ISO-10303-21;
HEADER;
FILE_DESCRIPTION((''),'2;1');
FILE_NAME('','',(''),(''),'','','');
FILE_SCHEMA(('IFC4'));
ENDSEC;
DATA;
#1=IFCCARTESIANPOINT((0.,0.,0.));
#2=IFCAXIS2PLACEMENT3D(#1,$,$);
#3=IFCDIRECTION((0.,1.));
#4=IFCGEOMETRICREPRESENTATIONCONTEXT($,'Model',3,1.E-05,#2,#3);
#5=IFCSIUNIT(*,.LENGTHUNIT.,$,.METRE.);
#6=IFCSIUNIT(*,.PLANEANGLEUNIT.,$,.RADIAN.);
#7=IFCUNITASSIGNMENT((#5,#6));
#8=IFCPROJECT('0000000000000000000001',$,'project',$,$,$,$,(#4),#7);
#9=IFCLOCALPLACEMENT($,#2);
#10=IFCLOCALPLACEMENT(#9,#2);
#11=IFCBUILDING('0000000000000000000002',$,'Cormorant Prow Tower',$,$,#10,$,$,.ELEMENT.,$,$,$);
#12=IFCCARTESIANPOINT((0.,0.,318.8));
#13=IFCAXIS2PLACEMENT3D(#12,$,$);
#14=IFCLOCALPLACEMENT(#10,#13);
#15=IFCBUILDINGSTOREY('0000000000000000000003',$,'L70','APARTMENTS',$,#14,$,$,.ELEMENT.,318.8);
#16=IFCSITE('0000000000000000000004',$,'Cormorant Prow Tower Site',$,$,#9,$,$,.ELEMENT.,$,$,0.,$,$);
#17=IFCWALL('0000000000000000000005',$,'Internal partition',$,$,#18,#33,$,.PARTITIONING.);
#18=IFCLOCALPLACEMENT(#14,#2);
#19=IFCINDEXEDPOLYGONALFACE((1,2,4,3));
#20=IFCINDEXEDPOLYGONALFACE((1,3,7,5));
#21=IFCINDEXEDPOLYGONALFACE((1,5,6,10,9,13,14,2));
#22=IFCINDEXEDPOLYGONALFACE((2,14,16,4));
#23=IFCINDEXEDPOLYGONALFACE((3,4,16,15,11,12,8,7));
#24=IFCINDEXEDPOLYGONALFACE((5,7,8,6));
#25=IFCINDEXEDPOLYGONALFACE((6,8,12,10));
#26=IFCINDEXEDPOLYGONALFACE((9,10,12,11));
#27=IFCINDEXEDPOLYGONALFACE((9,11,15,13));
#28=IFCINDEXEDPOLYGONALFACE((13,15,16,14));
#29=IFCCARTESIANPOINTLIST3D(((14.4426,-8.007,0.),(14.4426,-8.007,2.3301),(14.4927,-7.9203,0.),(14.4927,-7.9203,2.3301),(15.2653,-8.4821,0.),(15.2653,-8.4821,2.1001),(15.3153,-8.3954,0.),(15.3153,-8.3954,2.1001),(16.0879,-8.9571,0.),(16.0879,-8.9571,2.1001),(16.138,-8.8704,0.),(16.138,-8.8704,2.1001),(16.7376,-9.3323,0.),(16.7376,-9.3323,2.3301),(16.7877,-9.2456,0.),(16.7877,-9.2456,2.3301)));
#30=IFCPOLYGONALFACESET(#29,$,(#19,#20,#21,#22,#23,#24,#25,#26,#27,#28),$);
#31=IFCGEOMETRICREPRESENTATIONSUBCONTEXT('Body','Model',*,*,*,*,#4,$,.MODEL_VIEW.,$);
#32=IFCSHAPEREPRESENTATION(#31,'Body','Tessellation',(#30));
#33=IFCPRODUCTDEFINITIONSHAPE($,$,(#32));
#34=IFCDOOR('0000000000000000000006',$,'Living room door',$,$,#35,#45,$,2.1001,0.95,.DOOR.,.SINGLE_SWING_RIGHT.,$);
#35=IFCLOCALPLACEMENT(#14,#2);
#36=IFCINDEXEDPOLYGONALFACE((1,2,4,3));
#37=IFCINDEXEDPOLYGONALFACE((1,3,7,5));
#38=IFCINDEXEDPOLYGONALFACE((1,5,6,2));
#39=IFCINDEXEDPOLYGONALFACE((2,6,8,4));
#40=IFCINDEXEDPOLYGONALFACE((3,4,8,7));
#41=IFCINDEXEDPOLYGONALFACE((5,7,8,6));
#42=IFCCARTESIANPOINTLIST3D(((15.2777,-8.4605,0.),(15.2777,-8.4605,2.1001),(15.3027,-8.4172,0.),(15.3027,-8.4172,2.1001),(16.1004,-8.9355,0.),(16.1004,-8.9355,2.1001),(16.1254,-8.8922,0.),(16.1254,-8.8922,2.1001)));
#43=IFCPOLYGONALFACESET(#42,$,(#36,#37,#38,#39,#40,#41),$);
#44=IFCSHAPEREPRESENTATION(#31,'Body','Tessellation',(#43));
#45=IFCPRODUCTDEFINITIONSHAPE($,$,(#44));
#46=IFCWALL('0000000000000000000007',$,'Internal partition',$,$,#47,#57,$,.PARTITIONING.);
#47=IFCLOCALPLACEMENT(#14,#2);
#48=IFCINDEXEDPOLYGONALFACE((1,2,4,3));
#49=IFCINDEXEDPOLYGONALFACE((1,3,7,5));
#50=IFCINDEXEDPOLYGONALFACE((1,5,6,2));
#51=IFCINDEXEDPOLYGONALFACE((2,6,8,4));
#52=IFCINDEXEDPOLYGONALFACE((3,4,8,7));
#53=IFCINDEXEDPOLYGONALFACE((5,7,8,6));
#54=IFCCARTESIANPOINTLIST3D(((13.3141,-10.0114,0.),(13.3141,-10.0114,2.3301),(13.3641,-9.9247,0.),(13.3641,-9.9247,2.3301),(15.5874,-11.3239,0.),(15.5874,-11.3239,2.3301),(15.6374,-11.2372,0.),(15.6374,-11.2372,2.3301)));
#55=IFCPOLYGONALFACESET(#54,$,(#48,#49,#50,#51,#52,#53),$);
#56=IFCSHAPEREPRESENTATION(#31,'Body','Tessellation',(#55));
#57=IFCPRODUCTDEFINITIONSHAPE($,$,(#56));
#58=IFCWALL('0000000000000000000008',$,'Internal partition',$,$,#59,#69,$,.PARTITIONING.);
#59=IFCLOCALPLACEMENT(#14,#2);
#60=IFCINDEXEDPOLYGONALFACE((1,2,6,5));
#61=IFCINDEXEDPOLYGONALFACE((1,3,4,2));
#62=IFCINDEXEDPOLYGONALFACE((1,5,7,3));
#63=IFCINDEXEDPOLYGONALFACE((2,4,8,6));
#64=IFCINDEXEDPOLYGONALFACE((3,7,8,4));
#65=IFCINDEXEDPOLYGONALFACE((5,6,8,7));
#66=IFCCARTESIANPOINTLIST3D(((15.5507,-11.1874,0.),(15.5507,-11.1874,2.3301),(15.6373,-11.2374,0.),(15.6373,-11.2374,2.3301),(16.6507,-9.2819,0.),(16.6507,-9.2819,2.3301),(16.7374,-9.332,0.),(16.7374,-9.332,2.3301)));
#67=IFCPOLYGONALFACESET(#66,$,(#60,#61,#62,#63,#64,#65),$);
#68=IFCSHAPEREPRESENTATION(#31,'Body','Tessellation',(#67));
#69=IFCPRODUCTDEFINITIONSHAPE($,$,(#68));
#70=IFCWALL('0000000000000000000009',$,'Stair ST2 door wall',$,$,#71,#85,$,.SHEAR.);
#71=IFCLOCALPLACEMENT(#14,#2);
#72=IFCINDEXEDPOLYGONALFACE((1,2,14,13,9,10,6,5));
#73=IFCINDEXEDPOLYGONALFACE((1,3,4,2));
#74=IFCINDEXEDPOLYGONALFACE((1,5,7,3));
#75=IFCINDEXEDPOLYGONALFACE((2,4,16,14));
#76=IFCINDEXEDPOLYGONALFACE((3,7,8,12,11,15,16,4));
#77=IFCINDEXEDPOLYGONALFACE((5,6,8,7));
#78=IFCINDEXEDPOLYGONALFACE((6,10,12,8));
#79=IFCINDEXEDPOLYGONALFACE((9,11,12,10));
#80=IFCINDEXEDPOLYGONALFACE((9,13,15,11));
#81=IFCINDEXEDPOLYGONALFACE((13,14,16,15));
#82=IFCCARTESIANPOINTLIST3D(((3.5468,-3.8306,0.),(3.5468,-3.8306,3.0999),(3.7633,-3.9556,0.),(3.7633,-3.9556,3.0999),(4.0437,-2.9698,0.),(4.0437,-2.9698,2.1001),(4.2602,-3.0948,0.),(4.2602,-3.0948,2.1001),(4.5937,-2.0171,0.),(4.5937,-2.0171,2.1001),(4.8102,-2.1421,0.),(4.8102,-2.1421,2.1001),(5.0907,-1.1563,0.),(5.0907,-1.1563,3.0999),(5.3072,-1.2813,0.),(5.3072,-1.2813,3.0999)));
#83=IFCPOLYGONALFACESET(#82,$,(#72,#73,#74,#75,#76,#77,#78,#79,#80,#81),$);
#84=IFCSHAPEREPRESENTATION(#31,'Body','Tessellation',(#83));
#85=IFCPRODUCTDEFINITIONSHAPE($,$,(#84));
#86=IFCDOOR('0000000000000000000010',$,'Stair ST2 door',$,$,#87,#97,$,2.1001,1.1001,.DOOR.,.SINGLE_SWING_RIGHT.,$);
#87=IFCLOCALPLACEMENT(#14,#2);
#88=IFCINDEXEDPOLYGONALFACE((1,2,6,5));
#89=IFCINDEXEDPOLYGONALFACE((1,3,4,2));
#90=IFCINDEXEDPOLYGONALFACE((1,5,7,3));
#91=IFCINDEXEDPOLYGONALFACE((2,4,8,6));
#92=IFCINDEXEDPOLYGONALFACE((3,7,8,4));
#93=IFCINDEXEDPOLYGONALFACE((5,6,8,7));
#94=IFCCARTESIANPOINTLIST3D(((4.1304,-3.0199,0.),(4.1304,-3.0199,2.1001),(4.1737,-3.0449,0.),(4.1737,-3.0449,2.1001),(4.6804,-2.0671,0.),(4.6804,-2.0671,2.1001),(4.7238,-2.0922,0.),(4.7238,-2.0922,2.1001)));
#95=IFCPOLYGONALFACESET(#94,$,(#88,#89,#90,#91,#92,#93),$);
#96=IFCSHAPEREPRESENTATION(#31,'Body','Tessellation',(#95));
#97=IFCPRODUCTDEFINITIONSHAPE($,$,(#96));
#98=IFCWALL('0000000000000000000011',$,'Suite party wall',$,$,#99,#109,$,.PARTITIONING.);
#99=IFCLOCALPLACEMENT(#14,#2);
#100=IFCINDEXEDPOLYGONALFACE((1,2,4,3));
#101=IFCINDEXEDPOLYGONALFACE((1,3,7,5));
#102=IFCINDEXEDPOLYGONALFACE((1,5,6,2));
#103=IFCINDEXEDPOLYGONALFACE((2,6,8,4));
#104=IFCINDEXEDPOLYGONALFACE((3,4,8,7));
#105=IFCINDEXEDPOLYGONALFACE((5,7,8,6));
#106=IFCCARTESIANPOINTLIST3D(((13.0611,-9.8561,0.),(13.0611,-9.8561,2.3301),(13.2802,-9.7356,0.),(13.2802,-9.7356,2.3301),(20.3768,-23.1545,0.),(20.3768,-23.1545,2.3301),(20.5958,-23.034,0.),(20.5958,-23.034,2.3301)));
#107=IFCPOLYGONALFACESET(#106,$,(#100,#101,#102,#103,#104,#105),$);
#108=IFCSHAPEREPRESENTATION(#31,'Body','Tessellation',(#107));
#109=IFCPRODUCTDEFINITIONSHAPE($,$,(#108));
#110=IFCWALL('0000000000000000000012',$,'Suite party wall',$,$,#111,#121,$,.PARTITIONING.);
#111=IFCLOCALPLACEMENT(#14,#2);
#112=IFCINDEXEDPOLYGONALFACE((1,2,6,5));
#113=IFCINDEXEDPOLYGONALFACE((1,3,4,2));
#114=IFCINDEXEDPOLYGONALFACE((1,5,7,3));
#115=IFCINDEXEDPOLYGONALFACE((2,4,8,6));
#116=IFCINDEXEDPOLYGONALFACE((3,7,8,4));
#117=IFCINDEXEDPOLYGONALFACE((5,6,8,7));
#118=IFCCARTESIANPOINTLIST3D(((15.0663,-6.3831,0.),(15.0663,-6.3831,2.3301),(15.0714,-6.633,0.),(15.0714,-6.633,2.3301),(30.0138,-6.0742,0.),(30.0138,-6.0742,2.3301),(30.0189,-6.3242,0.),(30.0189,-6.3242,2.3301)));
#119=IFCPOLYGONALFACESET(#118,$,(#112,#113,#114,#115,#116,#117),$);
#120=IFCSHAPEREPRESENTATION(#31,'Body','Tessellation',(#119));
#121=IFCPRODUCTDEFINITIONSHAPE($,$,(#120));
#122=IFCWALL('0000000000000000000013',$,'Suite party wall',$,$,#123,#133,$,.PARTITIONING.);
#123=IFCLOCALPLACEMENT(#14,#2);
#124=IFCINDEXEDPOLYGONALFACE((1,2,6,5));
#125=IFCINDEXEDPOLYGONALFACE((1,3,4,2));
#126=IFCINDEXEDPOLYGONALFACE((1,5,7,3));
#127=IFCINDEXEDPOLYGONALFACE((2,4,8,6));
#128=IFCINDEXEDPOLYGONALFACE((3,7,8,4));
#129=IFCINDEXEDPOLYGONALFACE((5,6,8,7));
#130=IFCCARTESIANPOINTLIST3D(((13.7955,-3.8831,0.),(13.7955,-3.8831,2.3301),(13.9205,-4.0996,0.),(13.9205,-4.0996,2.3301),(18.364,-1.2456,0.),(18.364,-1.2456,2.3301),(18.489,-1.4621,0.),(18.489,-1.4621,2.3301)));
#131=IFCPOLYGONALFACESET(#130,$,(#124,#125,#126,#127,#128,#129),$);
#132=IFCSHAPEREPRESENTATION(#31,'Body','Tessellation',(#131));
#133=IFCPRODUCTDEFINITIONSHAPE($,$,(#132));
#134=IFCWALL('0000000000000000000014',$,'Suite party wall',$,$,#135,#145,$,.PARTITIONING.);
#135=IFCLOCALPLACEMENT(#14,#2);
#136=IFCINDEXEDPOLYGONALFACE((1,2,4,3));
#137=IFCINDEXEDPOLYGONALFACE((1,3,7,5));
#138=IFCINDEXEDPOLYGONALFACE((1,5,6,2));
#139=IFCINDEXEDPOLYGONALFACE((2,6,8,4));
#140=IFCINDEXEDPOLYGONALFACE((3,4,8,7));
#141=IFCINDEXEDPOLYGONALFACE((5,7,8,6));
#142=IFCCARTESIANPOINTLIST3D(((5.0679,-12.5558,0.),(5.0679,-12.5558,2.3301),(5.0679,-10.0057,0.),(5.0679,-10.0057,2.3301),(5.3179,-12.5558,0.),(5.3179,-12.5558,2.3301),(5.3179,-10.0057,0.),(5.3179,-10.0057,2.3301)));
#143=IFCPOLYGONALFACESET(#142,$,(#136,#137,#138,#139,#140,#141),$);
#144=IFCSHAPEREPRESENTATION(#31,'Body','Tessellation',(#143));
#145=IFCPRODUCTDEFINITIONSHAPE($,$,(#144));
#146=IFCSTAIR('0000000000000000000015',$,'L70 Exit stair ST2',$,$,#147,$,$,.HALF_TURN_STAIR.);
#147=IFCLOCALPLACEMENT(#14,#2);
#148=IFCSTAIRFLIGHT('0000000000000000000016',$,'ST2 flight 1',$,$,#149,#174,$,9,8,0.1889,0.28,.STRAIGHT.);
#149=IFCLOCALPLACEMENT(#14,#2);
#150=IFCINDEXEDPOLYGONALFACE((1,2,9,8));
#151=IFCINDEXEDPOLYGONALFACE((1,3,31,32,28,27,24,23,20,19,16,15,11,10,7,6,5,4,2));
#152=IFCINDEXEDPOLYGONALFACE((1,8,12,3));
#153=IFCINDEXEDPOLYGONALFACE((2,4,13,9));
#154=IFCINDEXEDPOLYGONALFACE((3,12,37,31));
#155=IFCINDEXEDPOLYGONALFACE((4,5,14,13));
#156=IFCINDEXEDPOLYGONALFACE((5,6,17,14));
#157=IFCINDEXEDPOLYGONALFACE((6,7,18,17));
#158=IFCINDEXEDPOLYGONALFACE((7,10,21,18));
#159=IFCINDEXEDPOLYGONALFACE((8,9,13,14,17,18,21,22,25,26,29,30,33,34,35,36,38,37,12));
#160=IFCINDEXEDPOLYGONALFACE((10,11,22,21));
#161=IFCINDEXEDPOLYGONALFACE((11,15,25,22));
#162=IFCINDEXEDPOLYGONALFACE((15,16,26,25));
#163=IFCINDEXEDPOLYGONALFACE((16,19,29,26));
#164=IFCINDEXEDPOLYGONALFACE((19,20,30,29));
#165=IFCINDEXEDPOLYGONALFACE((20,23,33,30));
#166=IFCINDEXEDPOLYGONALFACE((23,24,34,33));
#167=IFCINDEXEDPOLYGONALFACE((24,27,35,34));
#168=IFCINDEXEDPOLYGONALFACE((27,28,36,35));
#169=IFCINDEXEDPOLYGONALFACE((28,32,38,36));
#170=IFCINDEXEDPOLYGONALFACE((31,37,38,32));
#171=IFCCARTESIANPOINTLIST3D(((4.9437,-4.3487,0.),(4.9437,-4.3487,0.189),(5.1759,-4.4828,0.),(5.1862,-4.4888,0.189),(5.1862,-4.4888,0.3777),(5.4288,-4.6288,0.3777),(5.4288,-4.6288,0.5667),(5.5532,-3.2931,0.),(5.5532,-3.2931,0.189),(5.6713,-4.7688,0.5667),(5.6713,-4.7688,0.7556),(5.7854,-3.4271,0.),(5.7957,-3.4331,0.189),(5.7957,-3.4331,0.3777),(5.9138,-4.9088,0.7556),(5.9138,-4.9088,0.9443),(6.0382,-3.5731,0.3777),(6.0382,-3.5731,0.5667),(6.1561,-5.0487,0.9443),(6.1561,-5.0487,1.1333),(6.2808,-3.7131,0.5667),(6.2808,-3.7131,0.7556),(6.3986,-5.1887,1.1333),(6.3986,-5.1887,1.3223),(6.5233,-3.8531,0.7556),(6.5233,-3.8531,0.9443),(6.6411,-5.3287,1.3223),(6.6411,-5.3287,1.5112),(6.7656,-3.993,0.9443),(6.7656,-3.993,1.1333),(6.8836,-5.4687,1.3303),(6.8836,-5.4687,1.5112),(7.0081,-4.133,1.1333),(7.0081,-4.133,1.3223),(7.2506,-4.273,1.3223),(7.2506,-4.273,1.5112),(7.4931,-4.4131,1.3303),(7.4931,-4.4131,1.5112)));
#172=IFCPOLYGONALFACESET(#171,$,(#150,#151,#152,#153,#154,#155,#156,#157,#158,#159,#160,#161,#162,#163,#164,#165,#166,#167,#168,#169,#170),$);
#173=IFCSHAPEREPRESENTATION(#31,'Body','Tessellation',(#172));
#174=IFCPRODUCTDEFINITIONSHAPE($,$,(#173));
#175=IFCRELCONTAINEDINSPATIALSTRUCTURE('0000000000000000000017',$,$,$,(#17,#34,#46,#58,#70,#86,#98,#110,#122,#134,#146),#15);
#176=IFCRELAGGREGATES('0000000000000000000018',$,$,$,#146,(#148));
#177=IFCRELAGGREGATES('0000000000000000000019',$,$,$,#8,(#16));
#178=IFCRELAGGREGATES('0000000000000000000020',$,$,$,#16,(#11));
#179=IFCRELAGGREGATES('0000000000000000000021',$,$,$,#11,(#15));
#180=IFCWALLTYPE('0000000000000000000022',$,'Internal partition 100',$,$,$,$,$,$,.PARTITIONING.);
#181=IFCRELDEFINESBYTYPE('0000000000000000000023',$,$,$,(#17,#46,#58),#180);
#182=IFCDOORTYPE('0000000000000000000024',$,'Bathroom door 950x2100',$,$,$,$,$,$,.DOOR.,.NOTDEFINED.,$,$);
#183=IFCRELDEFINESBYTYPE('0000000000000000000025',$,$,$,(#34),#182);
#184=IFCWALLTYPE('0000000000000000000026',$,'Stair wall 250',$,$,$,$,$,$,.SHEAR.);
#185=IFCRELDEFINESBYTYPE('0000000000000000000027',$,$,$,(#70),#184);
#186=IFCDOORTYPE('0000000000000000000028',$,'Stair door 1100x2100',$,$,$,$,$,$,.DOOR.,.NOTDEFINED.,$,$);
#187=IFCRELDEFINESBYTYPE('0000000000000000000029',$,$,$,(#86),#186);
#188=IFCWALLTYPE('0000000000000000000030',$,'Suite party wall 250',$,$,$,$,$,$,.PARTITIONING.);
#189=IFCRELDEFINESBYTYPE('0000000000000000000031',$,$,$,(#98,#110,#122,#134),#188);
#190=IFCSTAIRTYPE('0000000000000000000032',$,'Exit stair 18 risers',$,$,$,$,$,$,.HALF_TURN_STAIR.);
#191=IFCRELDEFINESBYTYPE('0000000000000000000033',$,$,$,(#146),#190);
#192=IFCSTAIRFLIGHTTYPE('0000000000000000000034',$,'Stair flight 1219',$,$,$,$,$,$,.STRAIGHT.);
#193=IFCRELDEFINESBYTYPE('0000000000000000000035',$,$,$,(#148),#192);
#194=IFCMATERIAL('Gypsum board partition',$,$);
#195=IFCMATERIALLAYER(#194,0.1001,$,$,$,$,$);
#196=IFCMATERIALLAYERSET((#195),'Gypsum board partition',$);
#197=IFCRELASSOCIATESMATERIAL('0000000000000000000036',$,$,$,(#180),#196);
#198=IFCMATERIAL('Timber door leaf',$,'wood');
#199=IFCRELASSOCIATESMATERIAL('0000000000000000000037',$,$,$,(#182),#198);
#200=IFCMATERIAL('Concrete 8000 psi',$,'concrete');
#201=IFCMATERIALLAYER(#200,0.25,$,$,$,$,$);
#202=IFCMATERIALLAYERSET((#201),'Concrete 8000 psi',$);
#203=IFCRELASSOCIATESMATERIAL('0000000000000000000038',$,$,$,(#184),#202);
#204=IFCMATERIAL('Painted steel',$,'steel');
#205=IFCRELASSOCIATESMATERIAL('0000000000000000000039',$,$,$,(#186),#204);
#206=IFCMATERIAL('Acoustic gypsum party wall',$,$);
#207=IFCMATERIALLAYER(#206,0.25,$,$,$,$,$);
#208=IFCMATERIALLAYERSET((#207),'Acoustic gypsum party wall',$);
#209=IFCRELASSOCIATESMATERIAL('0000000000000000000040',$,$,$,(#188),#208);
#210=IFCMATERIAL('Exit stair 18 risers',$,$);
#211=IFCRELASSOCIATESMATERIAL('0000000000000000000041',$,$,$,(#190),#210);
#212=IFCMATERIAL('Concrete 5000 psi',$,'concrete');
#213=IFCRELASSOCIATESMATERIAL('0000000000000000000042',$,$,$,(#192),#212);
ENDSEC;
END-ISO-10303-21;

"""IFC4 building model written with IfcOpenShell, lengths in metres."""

from ifc_helpers import new_model, si_unit, direction, frame, frame_2d, origin, place, context, subcontext, project, spatial, polyline, rectangle, outline, extrude, material, layer, layer_set, type_object, element, fill, aggregate, save


model = new_model("IFC4")

# Units and contexts
model_context = context("Model", 3, precision=1e-05, world=origin(), true_north=direction((0.0, 1.0)))
body_context = subcontext(model_context, "Body", "Model", "MODEL_VIEW")
ifc_project = project(units=[si_unit("LENGTHUNIT", "METRE"), si_unit("PLANEANGLEUNIT", "RADIAN")], contexts=[model_context])

# Site, building, storey
site_placement = place(None, origin())
site = spatial("IfcSite", under=ifc_project, at=site_placement, Name="Cormorant Prow Tower Site", CompositionType="ELEMENT", RefElevation=0.0)
building_placement = place(site_placement, origin())
building = spatial("IfcBuilding", under=site, at=building_placement, Name="Cormorant Prow Tower", CompositionType="ELEMENT")
storey_placement = place(building_placement, frame((0.0, 0.0, 318.8)))
storey = spatial("IfcBuildingStorey", under=building, at=storey_placement, Name="L70", Description="APARTMENTS", CompositionType="ELEMENT", Elevation=318.8)

# Shared definitions
ifc_material_1 = material(Name="Gypsum board partition")
ifc_layer_1 = layer(ifc_material_1, 0.1001)
ifc_layer_set_1 = layer_set([ifc_layer_1], Name="Gypsum board partition")
wall_type_1 = type_object("IfcWallType", Name="Internal partition 100", PredefinedType="PARTITIONING", material=ifc_layer_set_1)

# Wall, opening, door
wall_1_placement = place(storey_placement, frame((14.4675, -7.9636, 0.0), z_axis=(0.0, 0.0, 1.0), x_axis=(0.865989, -0.500063, 0.0)))
wall_1 = element("IfcWall", 1, at=wall_1_placement, inside=storey, type_object=wall_type_1, Name="Internal partition", PredefinedType="PARTITIONING", context=body_context, shape_type="SweptSolid", body=[
    extrude(rectangle(XDim=2.6501, YDim=0.1001, at=frame_2d((1.3252, 0.0))), origin(), (0.0, 0.0, 1.0), 2.3301),
])
opening_1_placement = place(wall_1_placement, frame((0.95, 0.0, 0.0)))
opening_1 = element("IfcOpeningElement", 2, at=opening_1_placement, cuts=wall_1, PredefinedType="OPENING", context=body_context, shape_type="SweptSolid", body=[
    extrude(rectangle(XDim=0.95, YDim=2.1001, at=frame_2d((0.4751, 1.05))), frame((0.0, 0.0601, 0.0), z_axis=(0.0, -1.0, 0.0), x_axis=(1.0, 0.0, 0.0)), (0.0, 0.0, 1.0), 0.1201),
])
ifc_material_2 = material(Name="Timber door leaf", Category="wood")
door_type_1 = type_object("IfcDoorType", Name="Bathroom door 950x2100", OperationType="NOTDEFINED", PredefinedType="DOOR", material=ifc_material_2)
door_1_placement = place(opening_1_placement, origin())
door_1 = element("IfcDoor", 3, at=door_1_placement, inside=storey, type_object=door_type_1, Name="Living room door", OperationType="SINGLE_SWING_RIGHT", OverallHeight=2.1001, OverallWidth=0.95, PredefinedType="DOOR", context=body_context, shape_type="SweptSolid", body=[
    extrude(rectangle(XDim=0.95, YDim=2.1001, at=frame_2d((0.4751, 1.05))), frame((0.0, 0.0249, 0.0), z_axis=(0.0, -1.0, 0.0), x_axis=(1.0, 0.0, 0.0)), (0.0, 0.0, 1.0), 0.05),
])
fill(opening_1, door_1)

# Walls
wall_2_placement = place(storey_placement, frame((13.3391, -9.968, 0.0), z_axis=(0.0, 0.0, 1.0), x_axis=(0.866014, -0.50002, 0.0)))
element("IfcWall", 4, at=wall_2_placement, inside=storey, type_object=wall_type_1, Name="Internal partition", PredefinedType="PARTITIONING", context=body_context, shape_type="SweptSolid", body=[
    extrude(rectangle(XDim=2.625, YDim=0.1001, at=frame_2d((1.3125, 0.0))), origin(), (0.0, 0.0, 1.0), 2.3301),
])
wall_3_placement = place(storey_placement, frame((15.594, -11.2124, 0.0), z_axis=(0.0, 0.0, 1.0), x_axis=(0.499982, 0.866036, 0.0)))
element("IfcWall", 5, at=wall_3_placement, inside=storey, type_object=wall_type_1, Name="Internal partition", PredefinedType="PARTITIONING", context=body_context, shape_type="SweptSolid", body=[
    extrude(rectangle(XDim=2.2002, YDim=0.1001, at=frame_2d((1.1001, 0.0))), origin(), (0.0, 0.0, 1.0), 2.3301),
])

# Wall, opening, door
ifc_material_3 = material(Name="Concrete 8000 psi", Category="concrete")
ifc_layer_2 = layer(ifc_material_3, 0.25)
ifc_layer_set_2 = layer_set([ifc_layer_2], Name="Concrete 8000 psi")
wall_type_2 = type_object("IfcWallType", Name="Stair wall 250", PredefinedType="SHEAR", material=ifc_layer_set_2)
wall_4_placement = place(storey_placement, frame((3.655, -3.8931, 0.0), z_axis=(0.0, 0.0, 1.0), x_axis=(0.499983, 0.866035, 0.0)))
wall_4 = element("IfcWall", 6, at=wall_4_placement, inside=storey, type_object=wall_type_2, Name="Stair ST2 door wall", PredefinedType="SHEAR", context=body_context, shape_type="SweptSolid", body=[
    extrude(rectangle(XDim=3.0879, YDim=0.25, at=frame_2d((1.5439, 0.0))), origin(), (0.0, 0.0, 1.0), 3.0999),
])
opening_2_placement = place(wall_4_placement, frame((0.9939, 0.0, 0.0)))
opening_2 = element("IfcOpeningElement", 7, at=opening_2_placement, cuts=wall_4, PredefinedType="OPENING", context=body_context, shape_type="SweptSolid", body=[
    extrude(rectangle(XDim=1.1001, YDim=2.1001, at=frame_2d((0.55, 1.05))), frame((0.0, 0.135, 0.0), z_axis=(0.0, -1.0, 0.0), x_axis=(1.0, 0.0, 0.0)), (0.0, 0.0, 1.0), 0.27),
])
ifc_material_4 = material(Name="Painted steel", Category="steel")
door_type_2 = type_object("IfcDoorType", Name="Stair door 1100x2100", OperationType="NOTDEFINED", PredefinedType="DOOR", material=ifc_material_4)
door_2_placement = place(opening_2_placement, origin())
door_2 = element("IfcDoor", 8, at=door_2_placement, inside=storey, type_object=door_type_2, Name="Stair ST2 door", OperationType="SINGLE_SWING_RIGHT", OverallHeight=2.1001, OverallWidth=1.1001, PredefinedType="DOOR", context=body_context, shape_type="SweptSolid", body=[
    extrude(rectangle(XDim=1.1001, YDim=2.1001, at=frame_2d((0.55, 1.05))), frame((0.0, 0.0249, 0.0), z_axis=(0.0, -1.0, 0.0), x_axis=(1.0, 0.0, 0.0)), (0.0, 0.0, 1.0), 0.05),
])
fill(opening_2, door_2)

# Walls
ifc_material_5 = material(Name="Acoustic gypsum party wall")
ifc_layer_3 = layer(ifc_material_5, 0.25)
ifc_layer_set_3 = layer_set([ifc_layer_3], Name="Acoustic gypsum party wall")
wall_type_3 = type_object("IfcWallType", Name="Suite party wall 250", PredefinedType="PARTITIONING", material=ifc_layer_set_3)
wall_5_placement = place(storey_placement, frame((13.1707, -9.7959, 0.0), z_axis=(0.0, 0.0, 1.0), x_axis=(0.481999, -0.876172, 0.0)))
element("IfcWall", 9, at=wall_5_placement, inside=storey, type_object=wall_type_3, Name="Suite party wall", PredefinedType="PARTITIONING", context=body_context, shape_type="SweptSolid", body=[
    extrude(rectangle(XDim=15.1777, YDim=0.25, at=frame_2d((7.5889, 0.0))), origin(), (0.0, 0.0, 1.0), 2.3301),
])
wall_6_placement = place(storey_placement, frame((15.0688, -6.5081, 0.0), z_axis=(0.0, 0.0, 1.0), x_axis=(0.999787, 0.020657, 0.0)))
element("IfcWall", 10, at=wall_6_placement, inside=storey, type_object=wall_type_3, Name="Suite party wall", PredefinedType="PARTITIONING", context=body_context, shape_type="SweptSolid", body=[
    extrude(rectangle(XDim=14.9507, YDim=0.25, at=frame_2d((7.4753, 0.0))), origin(), (0.0, 0.0, 1.0), 2.3301),
])
wall_7_placement = place(storey_placement, frame((13.8579, -3.9915, 0.0), z_axis=(0.0, 0.0, 1.0), x_axis=(0.866033, 0.499987, 0.0)))
element("IfcWall", 11, at=wall_7_placement, inside=storey, type_object=wall_type_3, Name="Suite party wall", PredefinedType="PARTITIONING", context=body_context, shape_type="SweptSolid", body=[
    extrude(rectangle(XDim=5.2751, YDim=0.25, at=frame_2d((2.6377, 0.0))), origin(), (0.0, 0.0, 1.0), 2.3301),
])
wall_8_placement = place(storey_placement, frame((5.1929, -12.5557, 0.0), z_axis=(0.0, 0.0, 1.0), x_axis=(0.0, 1.0, 0.0)))
element("IfcWall", 12, at=wall_8_placement, inside=storey, type_object=wall_type_3, Name="Suite party wall", PredefinedType="PARTITIONING", context=body_context, shape_type="SweptSolid", body=[
    extrude(rectangle(XDim=2.55, YDim=0.25, at=frame_2d((1.2749, 0.0))), origin(), (0.0, 0.0, 1.0), 2.3301),
])

# Stair, stair flight
ifc_material_6 = material(Name="Exit stair 18 risers")
stair_type = type_object("IfcStairType", Name="Exit stair 18 risers", PredefinedType="HALF_TURN_STAIR", material=ifc_material_6)
stair_placement = place(storey_placement, origin())
stair = element("IfcStair", 13, at=stair_placement, inside=storey, type_object=stair_type, Name="L70 Exit stair ST2", PredefinedType="HALF_TURN_STAIR")
ifc_material_7 = material(Name="Concrete 5000 psi", Category="concrete")
stair_flight_type = type_object("IfcStairFlightType", Name="Stair flight 1219", PredefinedType="STRAIGHT", material=ifc_material_7)
stair_flight_1_placement = place(storey_placement, frame((5.2485, -3.8208, 0.0), z_axis=(0.0, 0.0, 1.0), x_axis=(0.866025, -0.5, 0.0)))
stair_flight_1 = element("IfcStairFlight", 14, at=stair_flight_1_placement, type_object=stair_flight_type, Name="ST2 flight 1", NumberOfRisers=9, NumberOfTreads=8, PredefinedType="STRAIGHT", RiserHeight=0.1889, TreadLength=0.28, context=body_context, shape_type="SweptSolid", body=[
    extrude(outline(polyline([(0.0, 0.0), (0.0, 0.189), (0.28, 0.189), (0.28, 0.3777), (0.5601, 0.3777), (0.5601, 0.5667), (0.8401, 0.5667), (0.8401, 0.7556), (1.1201, 0.7556), (1.1201, 0.9443), (1.3999, 0.9443), (1.3999, 1.1333), (1.6799, 1.1333), (1.6799, 1.3223), (1.96, 1.3223), (1.96, 1.5112), (2.24, 1.5112), (2.24, 1.7), (2.24, 1.3303), (0.2681, 0.0), (0.0, 0.0)])), frame((0.0, 0.6094, 0.0), z_axis=(0.0, -1.0, 0.0), x_axis=(1.0, 0.0, 0.0)), (0.0, 0.0, 1.0), 1.219),
])
aggregate(stair, [stair_flight_1])

save(model, "model.ifc")
